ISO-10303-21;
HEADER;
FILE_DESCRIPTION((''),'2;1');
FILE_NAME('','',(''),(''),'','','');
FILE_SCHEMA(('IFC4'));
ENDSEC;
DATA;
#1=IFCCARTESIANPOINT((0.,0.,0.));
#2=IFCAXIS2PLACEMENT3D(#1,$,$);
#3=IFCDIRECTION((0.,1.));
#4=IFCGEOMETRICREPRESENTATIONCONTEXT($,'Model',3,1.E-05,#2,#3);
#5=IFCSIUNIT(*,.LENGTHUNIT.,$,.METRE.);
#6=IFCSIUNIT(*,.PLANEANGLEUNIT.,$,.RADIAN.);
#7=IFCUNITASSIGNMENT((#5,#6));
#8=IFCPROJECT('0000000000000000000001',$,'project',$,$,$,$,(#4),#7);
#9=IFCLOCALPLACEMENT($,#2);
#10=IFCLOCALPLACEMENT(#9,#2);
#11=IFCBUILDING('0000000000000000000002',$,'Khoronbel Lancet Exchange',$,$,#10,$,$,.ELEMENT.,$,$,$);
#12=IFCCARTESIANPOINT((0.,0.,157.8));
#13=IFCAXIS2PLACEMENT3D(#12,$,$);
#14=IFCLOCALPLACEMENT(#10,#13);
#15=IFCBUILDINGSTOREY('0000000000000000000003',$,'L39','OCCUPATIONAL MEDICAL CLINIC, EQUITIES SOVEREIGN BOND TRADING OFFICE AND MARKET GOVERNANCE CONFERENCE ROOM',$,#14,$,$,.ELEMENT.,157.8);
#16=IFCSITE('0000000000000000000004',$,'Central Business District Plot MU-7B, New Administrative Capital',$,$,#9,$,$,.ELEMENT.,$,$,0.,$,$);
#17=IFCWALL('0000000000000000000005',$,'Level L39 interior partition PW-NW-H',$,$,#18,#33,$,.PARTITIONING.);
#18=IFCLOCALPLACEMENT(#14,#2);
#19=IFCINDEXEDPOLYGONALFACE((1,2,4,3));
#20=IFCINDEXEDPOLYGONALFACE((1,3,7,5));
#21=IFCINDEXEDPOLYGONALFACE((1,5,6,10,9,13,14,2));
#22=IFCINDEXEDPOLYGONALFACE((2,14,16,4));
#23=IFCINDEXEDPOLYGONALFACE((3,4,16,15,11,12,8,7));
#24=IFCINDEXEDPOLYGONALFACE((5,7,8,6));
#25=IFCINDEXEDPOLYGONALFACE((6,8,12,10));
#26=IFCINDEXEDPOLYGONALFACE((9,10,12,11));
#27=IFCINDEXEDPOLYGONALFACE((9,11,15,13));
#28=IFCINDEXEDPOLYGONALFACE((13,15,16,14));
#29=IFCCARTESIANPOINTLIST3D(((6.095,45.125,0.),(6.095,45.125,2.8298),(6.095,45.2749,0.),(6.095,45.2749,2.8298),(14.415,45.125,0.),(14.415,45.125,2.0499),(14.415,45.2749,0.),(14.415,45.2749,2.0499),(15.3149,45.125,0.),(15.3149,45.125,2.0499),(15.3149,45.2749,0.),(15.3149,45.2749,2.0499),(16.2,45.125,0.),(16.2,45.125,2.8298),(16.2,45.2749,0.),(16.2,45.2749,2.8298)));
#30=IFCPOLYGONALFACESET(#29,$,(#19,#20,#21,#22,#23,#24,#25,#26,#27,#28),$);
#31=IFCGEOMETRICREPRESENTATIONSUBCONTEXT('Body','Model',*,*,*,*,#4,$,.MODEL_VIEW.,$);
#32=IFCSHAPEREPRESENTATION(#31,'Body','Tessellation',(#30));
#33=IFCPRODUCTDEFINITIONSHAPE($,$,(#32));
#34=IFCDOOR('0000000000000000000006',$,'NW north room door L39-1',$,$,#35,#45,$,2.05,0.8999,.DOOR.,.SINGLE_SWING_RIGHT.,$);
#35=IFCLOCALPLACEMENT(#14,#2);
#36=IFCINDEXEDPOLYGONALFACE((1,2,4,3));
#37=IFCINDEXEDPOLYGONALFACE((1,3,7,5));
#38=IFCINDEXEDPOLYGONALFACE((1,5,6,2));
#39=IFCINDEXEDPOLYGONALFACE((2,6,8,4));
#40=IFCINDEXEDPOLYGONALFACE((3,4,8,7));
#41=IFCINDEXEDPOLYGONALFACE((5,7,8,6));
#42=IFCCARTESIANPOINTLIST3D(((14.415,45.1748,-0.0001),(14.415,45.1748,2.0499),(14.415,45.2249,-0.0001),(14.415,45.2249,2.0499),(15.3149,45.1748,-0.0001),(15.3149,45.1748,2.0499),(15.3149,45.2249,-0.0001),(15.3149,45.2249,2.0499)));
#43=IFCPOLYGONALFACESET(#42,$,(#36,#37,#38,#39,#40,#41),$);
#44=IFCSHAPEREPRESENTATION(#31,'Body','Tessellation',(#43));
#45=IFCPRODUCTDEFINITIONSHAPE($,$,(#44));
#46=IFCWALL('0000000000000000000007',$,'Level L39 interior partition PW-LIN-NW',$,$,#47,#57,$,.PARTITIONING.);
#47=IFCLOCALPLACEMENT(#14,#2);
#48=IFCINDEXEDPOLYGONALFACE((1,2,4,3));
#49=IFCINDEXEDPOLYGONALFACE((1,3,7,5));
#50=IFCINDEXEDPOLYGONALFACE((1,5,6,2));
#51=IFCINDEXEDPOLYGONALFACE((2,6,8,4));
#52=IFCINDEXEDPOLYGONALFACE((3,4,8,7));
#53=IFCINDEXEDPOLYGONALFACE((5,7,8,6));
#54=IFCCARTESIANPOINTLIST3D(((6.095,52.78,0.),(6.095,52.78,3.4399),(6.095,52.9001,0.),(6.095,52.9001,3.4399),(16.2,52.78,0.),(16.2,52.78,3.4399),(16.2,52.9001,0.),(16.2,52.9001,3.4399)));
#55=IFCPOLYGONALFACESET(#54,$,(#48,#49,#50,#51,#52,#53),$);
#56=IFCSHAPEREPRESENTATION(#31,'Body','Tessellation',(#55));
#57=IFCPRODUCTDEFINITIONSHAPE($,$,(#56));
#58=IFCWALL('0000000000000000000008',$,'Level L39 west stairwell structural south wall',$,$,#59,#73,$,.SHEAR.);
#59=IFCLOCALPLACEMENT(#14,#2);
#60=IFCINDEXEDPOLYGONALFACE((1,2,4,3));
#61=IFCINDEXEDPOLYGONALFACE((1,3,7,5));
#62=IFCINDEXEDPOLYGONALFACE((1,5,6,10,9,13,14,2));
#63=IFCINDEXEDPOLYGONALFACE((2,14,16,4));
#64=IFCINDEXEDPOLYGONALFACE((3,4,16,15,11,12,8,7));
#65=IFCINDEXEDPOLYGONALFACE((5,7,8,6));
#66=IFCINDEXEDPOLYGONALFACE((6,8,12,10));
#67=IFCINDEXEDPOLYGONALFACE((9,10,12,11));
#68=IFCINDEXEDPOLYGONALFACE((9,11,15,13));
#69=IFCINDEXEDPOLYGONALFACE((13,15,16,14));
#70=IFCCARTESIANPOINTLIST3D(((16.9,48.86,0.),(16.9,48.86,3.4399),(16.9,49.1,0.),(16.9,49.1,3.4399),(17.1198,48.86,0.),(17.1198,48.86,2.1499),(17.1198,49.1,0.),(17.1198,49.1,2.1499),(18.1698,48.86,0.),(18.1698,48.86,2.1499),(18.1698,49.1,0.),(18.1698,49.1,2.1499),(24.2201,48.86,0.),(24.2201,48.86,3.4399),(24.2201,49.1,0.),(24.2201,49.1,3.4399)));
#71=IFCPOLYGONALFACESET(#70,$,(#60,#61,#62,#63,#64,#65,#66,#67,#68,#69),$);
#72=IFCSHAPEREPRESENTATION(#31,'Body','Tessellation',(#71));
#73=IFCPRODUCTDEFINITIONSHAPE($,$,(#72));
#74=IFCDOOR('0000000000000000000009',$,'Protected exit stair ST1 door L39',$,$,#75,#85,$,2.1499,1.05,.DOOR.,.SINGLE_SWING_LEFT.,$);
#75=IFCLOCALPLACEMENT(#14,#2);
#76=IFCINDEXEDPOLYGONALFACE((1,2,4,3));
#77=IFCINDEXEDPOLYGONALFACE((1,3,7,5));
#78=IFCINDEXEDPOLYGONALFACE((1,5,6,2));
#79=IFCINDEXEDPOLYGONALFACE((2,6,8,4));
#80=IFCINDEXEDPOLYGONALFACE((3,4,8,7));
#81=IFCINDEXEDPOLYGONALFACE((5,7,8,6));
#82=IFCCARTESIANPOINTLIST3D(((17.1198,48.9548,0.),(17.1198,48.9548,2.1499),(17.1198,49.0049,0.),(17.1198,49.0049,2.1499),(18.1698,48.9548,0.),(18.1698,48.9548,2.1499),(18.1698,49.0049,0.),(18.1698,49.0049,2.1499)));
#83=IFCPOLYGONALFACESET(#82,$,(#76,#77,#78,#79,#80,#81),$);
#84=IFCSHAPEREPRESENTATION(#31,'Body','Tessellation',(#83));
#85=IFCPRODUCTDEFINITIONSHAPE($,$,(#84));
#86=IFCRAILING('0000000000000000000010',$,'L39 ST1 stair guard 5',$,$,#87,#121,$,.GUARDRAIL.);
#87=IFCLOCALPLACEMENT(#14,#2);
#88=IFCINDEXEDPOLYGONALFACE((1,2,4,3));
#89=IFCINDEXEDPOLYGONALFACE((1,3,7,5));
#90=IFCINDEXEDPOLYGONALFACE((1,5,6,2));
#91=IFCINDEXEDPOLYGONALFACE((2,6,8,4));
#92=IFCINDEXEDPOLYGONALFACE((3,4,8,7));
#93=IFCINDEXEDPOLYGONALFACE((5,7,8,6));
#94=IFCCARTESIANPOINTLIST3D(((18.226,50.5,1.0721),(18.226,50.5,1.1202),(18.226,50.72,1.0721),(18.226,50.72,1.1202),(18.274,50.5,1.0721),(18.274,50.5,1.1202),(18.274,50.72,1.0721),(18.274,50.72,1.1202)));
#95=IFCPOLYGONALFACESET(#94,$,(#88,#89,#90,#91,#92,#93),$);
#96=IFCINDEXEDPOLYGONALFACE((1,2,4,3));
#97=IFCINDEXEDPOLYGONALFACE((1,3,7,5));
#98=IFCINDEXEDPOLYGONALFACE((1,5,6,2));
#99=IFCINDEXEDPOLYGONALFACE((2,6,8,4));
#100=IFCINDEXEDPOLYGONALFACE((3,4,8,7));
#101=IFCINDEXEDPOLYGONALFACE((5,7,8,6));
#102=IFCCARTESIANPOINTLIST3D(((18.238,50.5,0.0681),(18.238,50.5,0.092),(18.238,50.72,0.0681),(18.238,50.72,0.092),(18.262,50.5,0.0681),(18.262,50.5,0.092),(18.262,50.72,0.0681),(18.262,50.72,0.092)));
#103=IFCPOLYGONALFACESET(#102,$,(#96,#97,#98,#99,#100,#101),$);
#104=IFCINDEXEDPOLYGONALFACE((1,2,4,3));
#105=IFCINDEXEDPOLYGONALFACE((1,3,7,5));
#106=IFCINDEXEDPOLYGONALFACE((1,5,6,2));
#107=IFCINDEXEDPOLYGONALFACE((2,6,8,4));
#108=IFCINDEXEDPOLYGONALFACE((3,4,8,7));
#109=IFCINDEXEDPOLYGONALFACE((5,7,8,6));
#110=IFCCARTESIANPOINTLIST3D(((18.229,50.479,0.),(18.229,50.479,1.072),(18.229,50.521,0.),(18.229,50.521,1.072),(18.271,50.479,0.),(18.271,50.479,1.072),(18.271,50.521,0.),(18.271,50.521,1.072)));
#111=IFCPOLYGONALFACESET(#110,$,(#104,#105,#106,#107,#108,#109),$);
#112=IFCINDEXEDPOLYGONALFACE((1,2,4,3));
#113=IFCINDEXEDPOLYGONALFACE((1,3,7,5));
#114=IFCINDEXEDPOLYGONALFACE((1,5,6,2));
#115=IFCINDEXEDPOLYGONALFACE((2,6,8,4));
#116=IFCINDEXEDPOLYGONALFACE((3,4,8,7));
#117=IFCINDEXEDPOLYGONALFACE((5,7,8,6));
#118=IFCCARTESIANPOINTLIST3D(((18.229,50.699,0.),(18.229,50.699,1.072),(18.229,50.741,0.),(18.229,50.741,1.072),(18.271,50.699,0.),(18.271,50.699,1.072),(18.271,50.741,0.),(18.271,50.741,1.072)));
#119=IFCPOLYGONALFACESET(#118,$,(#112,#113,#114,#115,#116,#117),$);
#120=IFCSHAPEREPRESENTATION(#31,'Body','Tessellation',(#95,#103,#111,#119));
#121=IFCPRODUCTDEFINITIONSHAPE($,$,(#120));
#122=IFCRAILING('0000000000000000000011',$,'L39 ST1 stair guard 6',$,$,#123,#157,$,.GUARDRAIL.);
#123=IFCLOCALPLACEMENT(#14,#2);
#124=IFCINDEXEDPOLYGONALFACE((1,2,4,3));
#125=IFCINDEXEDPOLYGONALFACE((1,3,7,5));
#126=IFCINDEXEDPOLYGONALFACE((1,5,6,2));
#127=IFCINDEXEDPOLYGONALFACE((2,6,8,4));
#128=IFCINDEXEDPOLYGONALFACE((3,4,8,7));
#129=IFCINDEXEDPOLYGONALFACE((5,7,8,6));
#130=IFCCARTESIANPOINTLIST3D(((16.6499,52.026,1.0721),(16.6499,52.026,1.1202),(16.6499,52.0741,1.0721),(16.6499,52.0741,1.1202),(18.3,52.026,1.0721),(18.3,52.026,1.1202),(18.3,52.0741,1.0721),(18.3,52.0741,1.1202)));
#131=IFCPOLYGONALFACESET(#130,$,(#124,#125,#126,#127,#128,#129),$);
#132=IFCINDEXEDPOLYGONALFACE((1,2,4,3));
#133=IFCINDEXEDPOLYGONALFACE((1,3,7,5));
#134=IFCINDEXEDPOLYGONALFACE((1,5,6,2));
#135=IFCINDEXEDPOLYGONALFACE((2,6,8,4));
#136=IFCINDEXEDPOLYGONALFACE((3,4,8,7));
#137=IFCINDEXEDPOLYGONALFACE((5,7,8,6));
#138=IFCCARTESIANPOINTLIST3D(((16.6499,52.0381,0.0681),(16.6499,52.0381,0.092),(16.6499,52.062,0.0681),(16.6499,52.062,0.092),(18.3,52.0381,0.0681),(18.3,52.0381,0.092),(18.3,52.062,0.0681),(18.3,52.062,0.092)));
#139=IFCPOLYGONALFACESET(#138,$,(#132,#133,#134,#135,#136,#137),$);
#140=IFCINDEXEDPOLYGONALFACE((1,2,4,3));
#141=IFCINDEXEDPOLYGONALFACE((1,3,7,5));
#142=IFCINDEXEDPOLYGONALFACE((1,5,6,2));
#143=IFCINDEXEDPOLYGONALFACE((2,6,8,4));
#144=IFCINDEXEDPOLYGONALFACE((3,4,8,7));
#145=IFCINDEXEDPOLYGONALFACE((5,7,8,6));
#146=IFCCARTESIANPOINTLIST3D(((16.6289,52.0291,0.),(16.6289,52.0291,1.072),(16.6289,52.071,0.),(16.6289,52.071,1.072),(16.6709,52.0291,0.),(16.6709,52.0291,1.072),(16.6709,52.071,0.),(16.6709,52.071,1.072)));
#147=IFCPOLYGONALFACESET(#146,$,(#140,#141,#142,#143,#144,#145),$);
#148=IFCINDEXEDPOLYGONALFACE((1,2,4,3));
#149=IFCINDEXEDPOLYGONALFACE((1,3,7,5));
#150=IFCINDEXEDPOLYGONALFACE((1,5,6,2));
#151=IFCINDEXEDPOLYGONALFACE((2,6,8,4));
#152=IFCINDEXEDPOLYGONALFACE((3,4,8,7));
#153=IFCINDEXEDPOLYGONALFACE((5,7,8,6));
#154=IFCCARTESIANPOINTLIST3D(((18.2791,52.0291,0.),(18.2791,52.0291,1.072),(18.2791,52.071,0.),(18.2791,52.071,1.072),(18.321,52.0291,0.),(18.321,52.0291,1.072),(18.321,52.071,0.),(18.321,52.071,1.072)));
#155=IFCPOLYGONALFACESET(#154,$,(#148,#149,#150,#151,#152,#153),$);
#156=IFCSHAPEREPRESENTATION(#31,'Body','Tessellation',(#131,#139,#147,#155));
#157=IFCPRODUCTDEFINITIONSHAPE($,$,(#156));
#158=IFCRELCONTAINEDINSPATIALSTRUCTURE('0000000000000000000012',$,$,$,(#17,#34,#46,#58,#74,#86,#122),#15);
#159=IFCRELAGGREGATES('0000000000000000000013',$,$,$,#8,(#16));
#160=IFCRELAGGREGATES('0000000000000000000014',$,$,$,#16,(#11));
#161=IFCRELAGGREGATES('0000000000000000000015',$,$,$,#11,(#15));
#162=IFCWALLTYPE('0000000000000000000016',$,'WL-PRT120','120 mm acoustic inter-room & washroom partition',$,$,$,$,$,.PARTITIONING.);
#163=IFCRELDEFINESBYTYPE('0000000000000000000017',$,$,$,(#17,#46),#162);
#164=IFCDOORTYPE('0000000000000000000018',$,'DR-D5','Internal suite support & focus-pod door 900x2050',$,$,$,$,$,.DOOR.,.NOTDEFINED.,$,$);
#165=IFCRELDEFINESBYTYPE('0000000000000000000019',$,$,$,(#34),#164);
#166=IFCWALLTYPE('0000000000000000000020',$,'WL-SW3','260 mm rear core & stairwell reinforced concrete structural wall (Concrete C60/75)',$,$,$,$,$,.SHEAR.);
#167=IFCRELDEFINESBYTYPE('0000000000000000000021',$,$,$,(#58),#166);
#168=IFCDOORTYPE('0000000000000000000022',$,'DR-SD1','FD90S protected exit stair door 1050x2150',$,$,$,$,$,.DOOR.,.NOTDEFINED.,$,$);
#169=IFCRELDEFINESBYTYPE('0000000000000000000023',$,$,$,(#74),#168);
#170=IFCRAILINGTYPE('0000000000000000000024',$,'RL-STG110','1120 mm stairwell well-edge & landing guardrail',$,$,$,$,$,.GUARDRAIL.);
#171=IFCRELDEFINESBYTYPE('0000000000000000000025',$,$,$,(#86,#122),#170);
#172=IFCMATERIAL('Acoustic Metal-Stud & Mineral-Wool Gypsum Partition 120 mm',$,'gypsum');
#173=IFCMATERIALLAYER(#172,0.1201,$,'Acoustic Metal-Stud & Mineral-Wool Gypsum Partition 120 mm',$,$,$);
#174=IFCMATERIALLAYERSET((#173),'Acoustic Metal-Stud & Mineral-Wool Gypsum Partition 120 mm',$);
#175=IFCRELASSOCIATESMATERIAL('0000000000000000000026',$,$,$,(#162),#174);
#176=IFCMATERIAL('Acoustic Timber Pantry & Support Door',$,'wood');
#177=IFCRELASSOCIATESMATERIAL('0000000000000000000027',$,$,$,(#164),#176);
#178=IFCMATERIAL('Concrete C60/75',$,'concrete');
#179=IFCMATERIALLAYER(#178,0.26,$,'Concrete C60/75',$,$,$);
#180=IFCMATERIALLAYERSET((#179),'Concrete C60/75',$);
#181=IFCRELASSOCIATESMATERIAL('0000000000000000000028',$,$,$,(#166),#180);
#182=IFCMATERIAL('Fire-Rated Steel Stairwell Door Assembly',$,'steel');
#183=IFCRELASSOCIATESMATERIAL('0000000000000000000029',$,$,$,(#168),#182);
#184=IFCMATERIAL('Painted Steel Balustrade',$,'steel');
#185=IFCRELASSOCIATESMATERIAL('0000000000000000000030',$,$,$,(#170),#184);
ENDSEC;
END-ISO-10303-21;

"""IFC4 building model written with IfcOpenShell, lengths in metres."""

from ifc_helpers import new_model, si_unit, direction, frame, frame_2d, origin, origin_2d, place, context, subcontext, project, spatial, rectangle, extrude, material, layer, layer_set, type_object, element, fill, save


model = new_model("IFC4")

# Units and contexts
model_context = context("Model", 3, precision=1e-05, world=origin(), true_north=direction((0.0, 1.0)))
body_context = subcontext(model_context, "Body", "Model", "MODEL_VIEW")
ifc_project = project(units=[si_unit("LENGTHUNIT", "METRE"), si_unit("PLANEANGLEUNIT", "RADIAN")], contexts=[model_context])

# Site, building, storey
site_placement = place(None, origin())
site = spatial("IfcSite", under=ifc_project, at=site_placement, Name="Central Business District Plot MU-7B, New Administrative Capital", CompositionType="ELEMENT", RefElevation=0.0)
building_placement = place(site_placement, origin())
building = spatial("IfcBuilding", under=site, at=building_placement, Name="Khoronbel Lancet Exchange", CompositionType="ELEMENT")
storey_placement = place(building_placement, frame((0.0, 0.0, 157.8)))
storey = spatial("IfcBuildingStorey", under=building, at=storey_placement, Name="L39", Description="OCCUPATIONAL MEDICAL CLINIC, EQUITIES SOVEREIGN BOND TRADING OFFICE AND MARKET GOVERNANCE CONFERENCE ROOM", CompositionType="ELEMENT", Elevation=157.8)

# Wall, opening, door
ifc_material_1 = material(Name="Acoustic Metal-Stud & Mineral-Wool Gypsum Partition 120 mm", Category="gypsum")
ifc_layer_1 = layer(ifc_material_1, 0.1201, Name="Acoustic Metal-Stud & Mineral-Wool Gypsum Partition 120 mm")
ifc_layer_set_1 = layer_set([ifc_layer_1], Name="Acoustic Metal-Stud & Mineral-Wool Gypsum Partition 120 mm")
wall_type_1 = type_object("IfcWallType", Name="WL-PRT120", Description="120 mm acoustic inter-room & washroom partition", PredefinedType="PARTITIONING", material=ifc_layer_set_1)
wall_1_placement = place(storey_placement, frame((6.095, 45.2, 0.0), z_axis=(0.0, 0.0, 1.0), x_axis=(1.0, 0.0, 0.0)))
wall_1 = element("IfcWall", 1, at=wall_1_placement, inside=storey, type_object=wall_type_1, Name="Level L39 interior partition PW-NW-H", PredefinedType="PARTITIONING", context=body_context, shape_type="SweptSolid", body=[
    extrude(rectangle(XDim=10.105, YDim=0.1499, at=frame_2d((5.0525, 0.0))), origin(), (0.0, 0.0, 1.0), 2.8298),
])
opening_1_placement = place(wall_1_placement, frame((8.3201, 0.0, 0.0)))
opening_1 = element("IfcOpeningElement", 2, at=opening_1_placement, cuts=wall_1, PredefinedType="OPENING", context=body_context, shape_type="SweptSolid", body=[
    extrude(rectangle(XDim=0.8999, YDim=2.05, at=frame_2d((0.45, 1.0249))), frame((0.0, 0.085, 0.0), z_axis=(0.0, -1.0, 0.0), x_axis=(1.0, 0.0, 0.0)), (0.0, 0.0, 1.0), 0.1699),
])
ifc_material_2 = material(Name="Acoustic Timber Pantry & Support Door", Category="wood")
door_type_1 = type_object("IfcDoorType", Name="DR-D5", Description="Internal suite support & focus-pod door 900x2050", OperationType="NOTDEFINED", PredefinedType="DOOR", material=ifc_material_2)
door_1_placement = place(opening_1_placement, origin())
door_1 = element("IfcDoor", 3, at=door_1_placement, inside=storey, type_object=door_type_1, Name="NW north room door L39-1", OperationType="SINGLE_SWING_RIGHT", OverallHeight=2.05, OverallWidth=0.8999, PredefinedType="DOOR", context=body_context, shape_type="SweptSolid", body=[
    extrude(rectangle(XDim=0.8999, YDim=2.05, at=frame_2d((0.45, 1.0249))), frame((0.0, 0.0249, 0.0), z_axis=(0.0, -1.0, 0.0), x_axis=(1.0, 0.0, 0.0)), (0.0, 0.0, 1.0), 0.05),
])
fill(opening_1, door_1)

# Wall
wall_2_placement = place(storey_placement, frame((6.095, 52.8401, 0.0), z_axis=(0.0, 0.0, 1.0), x_axis=(1.0, 0.0, 0.0)))
element("IfcWall", 4, at=wall_2_placement, inside=storey, type_object=wall_type_1, Name="Level L39 interior partition PW-LIN-NW", PredefinedType="PARTITIONING", context=body_context, shape_type="SweptSolid", body=[
    extrude(rectangle(XDim=10.105, YDim=0.1201, at=frame_2d((5.0525, 0.0))), origin(), (0.0, 0.0, 1.0), 3.4399),
])

# Wall, opening, door
ifc_material_3 = material(Name="Concrete C60/75", Category="concrete")
ifc_layer_2 = layer(ifc_material_3, 0.26, Name="Concrete C60/75")
ifc_layer_set_2 = layer_set([ifc_layer_2], Name="Concrete C60/75")
wall_type_2 = type_object("IfcWallType", Name="WL-SW3", Description="260 mm rear core & stairwell reinforced concrete structural wall (Concrete C60/75)", PredefinedType="SHEAR", material=ifc_layer_set_2)
wall_3_placement = place(storey_placement, frame((16.8999, 48.98, 0.0), z_axis=(0.0, 0.0, 1.0), x_axis=(1.0, 0.0, 0.0)))
wall_3 = element("IfcWall", 5, at=wall_3_placement, inside=storey, type_object=wall_type_2, Name="Level L39 west stairwell structural south wall", PredefinedType="SHEAR", context=body_context, shape_type="SweptSolid", body=[
    extrude(rectangle(XDim=7.3201, YDim=0.24, at=frame_2d((3.6602, 0.0))), origin(), (0.0, 0.0, 1.0), 3.4399),
])
opening_2_placement = place(wall_3_placement, frame((0.22, 0.0, 0.0)))
opening_2 = element("IfcOpeningElement", 6, at=opening_2_placement, cuts=wall_3, PredefinedType="OPENING", context=body_context, shape_type="SweptSolid", body=[
    extrude(rectangle(XDim=1.05, YDim=2.1499, at=frame_2d((0.5249, 1.075))), frame((0.0, 0.1299, 0.0), z_axis=(0.0, -1.0, 0.0), x_axis=(1.0, 0.0, 0.0)), (0.0, 0.0, 1.0), 0.26),
])
ifc_material_4 = material(Name="Fire-Rated Steel Stairwell Door Assembly", Category="steel")
door_type_2 = type_object("IfcDoorType", Name="DR-SD1", Description="FD90S protected exit stair door 1050x2150", OperationType="NOTDEFINED", PredefinedType="DOOR", material=ifc_material_4)
door_2_placement = place(opening_2_placement, origin())
door_2 = element("IfcDoor", 7, at=door_2_placement, inside=storey, type_object=door_type_2, Name="Protected exit stair ST1 door L39", OperationType="SINGLE_SWING_LEFT", OverallHeight=2.1499, OverallWidth=1.05, PredefinedType="DOOR", context=body_context, shape_type="SweptSolid", body=[
    extrude(rectangle(XDim=1.05, YDim=2.1499, at=frame_2d((0.5249, 1.075))), frame((0.0, 0.0249, 0.0), z_axis=(0.0, -1.0, 0.0), x_axis=(1.0, 0.0, 0.0)), (0.0, 0.0, 1.0), 0.05),
])
fill(opening_2, door_2)

# Railings
ifc_material_5 = material(Name="Painted Steel Balustrade", Category="steel")
railing_type_1 = type_object("IfcRailingType", Name="RL-STG110", Description="1120 mm stairwell well-edge & landing guardrail", PredefinedType="GUARDRAIL", material=ifc_material_5)
railing_1_placement = place(storey_placement, frame((18.25, 50.5, 0.0)))
element("IfcRailing", 8, at=railing_1_placement, inside=storey, type_object=railing_type_1, Name="L39 ST1 stair guard 5", PredefinedType="GUARDRAIL", context=body_context, shape_type="SweptSolid", body=[
    extrude(rectangle(XDim=0.0481, YDim=0.0481, at=origin_2d()), frame((0.0, 0.0, 1.0962), z_axis=(0.0, 1.0, 0.0), x_axis=(-1.0, 0.0, 0.0)), (0.0, 0.0, 1.0), 0.22),
    extrude(rectangle(XDim=0.0239, YDim=0.0239, at=origin_2d()), frame((0.0, 0.0, 0.0801), z_axis=(0.0, 1.0, 0.0), x_axis=(-1.0, 0.0, 0.0)), (0.0, 0.0, 1.0), 0.22),
    extrude(rectangle(XDim=0.042, YDim=0.042, at=origin_2d()), origin(), (0.0, 0.0, 1.0), 1.072),
    extrude(rectangle(XDim=0.042, YDim=0.042, at=origin_2d()), frame((0.0, 0.22, 0.0)), (0.0, 0.0, 1.0), 1.072),
])
railing_2_placement = place(storey_placement, frame((16.6499, 52.05, 0.0)))
element("IfcRailing", 9, at=railing_2_placement, inside=storey, type_object=railing_type_1, Name="L39 ST1 stair guard 6", PredefinedType="GUARDRAIL", context=body_context, shape_type="SweptSolid", body=[
    extrude(rectangle(XDim=0.0481, YDim=0.0481, at=origin_2d()), frame((0.0, 0.0, 1.0962), z_axis=(1.0, 0.0, 0.0), x_axis=(0.0, 1.0, 0.0)), (0.0, 0.0, 1.0), 1.6501),
    extrude(rectangle(XDim=0.0239, YDim=0.0239, at=origin_2d()), frame((0.0, 0.0, 0.0801), z_axis=(1.0, 0.0, 0.0), x_axis=(0.0, 1.0, 0.0)), (0.0, 0.0, 1.0), 1.6501),
    extrude(rectangle(XDim=0.042, YDim=0.042, at=origin_2d()), origin(), (0.0, 0.0, 1.0), 1.072),
    extrude(rectangle(XDim=0.042, YDim=0.042, at=origin_2d()), frame((1.6501, 0.0, 0.0)), (0.0, 0.0, 1.0), 1.072),
])

save(model, "model.ifc")
